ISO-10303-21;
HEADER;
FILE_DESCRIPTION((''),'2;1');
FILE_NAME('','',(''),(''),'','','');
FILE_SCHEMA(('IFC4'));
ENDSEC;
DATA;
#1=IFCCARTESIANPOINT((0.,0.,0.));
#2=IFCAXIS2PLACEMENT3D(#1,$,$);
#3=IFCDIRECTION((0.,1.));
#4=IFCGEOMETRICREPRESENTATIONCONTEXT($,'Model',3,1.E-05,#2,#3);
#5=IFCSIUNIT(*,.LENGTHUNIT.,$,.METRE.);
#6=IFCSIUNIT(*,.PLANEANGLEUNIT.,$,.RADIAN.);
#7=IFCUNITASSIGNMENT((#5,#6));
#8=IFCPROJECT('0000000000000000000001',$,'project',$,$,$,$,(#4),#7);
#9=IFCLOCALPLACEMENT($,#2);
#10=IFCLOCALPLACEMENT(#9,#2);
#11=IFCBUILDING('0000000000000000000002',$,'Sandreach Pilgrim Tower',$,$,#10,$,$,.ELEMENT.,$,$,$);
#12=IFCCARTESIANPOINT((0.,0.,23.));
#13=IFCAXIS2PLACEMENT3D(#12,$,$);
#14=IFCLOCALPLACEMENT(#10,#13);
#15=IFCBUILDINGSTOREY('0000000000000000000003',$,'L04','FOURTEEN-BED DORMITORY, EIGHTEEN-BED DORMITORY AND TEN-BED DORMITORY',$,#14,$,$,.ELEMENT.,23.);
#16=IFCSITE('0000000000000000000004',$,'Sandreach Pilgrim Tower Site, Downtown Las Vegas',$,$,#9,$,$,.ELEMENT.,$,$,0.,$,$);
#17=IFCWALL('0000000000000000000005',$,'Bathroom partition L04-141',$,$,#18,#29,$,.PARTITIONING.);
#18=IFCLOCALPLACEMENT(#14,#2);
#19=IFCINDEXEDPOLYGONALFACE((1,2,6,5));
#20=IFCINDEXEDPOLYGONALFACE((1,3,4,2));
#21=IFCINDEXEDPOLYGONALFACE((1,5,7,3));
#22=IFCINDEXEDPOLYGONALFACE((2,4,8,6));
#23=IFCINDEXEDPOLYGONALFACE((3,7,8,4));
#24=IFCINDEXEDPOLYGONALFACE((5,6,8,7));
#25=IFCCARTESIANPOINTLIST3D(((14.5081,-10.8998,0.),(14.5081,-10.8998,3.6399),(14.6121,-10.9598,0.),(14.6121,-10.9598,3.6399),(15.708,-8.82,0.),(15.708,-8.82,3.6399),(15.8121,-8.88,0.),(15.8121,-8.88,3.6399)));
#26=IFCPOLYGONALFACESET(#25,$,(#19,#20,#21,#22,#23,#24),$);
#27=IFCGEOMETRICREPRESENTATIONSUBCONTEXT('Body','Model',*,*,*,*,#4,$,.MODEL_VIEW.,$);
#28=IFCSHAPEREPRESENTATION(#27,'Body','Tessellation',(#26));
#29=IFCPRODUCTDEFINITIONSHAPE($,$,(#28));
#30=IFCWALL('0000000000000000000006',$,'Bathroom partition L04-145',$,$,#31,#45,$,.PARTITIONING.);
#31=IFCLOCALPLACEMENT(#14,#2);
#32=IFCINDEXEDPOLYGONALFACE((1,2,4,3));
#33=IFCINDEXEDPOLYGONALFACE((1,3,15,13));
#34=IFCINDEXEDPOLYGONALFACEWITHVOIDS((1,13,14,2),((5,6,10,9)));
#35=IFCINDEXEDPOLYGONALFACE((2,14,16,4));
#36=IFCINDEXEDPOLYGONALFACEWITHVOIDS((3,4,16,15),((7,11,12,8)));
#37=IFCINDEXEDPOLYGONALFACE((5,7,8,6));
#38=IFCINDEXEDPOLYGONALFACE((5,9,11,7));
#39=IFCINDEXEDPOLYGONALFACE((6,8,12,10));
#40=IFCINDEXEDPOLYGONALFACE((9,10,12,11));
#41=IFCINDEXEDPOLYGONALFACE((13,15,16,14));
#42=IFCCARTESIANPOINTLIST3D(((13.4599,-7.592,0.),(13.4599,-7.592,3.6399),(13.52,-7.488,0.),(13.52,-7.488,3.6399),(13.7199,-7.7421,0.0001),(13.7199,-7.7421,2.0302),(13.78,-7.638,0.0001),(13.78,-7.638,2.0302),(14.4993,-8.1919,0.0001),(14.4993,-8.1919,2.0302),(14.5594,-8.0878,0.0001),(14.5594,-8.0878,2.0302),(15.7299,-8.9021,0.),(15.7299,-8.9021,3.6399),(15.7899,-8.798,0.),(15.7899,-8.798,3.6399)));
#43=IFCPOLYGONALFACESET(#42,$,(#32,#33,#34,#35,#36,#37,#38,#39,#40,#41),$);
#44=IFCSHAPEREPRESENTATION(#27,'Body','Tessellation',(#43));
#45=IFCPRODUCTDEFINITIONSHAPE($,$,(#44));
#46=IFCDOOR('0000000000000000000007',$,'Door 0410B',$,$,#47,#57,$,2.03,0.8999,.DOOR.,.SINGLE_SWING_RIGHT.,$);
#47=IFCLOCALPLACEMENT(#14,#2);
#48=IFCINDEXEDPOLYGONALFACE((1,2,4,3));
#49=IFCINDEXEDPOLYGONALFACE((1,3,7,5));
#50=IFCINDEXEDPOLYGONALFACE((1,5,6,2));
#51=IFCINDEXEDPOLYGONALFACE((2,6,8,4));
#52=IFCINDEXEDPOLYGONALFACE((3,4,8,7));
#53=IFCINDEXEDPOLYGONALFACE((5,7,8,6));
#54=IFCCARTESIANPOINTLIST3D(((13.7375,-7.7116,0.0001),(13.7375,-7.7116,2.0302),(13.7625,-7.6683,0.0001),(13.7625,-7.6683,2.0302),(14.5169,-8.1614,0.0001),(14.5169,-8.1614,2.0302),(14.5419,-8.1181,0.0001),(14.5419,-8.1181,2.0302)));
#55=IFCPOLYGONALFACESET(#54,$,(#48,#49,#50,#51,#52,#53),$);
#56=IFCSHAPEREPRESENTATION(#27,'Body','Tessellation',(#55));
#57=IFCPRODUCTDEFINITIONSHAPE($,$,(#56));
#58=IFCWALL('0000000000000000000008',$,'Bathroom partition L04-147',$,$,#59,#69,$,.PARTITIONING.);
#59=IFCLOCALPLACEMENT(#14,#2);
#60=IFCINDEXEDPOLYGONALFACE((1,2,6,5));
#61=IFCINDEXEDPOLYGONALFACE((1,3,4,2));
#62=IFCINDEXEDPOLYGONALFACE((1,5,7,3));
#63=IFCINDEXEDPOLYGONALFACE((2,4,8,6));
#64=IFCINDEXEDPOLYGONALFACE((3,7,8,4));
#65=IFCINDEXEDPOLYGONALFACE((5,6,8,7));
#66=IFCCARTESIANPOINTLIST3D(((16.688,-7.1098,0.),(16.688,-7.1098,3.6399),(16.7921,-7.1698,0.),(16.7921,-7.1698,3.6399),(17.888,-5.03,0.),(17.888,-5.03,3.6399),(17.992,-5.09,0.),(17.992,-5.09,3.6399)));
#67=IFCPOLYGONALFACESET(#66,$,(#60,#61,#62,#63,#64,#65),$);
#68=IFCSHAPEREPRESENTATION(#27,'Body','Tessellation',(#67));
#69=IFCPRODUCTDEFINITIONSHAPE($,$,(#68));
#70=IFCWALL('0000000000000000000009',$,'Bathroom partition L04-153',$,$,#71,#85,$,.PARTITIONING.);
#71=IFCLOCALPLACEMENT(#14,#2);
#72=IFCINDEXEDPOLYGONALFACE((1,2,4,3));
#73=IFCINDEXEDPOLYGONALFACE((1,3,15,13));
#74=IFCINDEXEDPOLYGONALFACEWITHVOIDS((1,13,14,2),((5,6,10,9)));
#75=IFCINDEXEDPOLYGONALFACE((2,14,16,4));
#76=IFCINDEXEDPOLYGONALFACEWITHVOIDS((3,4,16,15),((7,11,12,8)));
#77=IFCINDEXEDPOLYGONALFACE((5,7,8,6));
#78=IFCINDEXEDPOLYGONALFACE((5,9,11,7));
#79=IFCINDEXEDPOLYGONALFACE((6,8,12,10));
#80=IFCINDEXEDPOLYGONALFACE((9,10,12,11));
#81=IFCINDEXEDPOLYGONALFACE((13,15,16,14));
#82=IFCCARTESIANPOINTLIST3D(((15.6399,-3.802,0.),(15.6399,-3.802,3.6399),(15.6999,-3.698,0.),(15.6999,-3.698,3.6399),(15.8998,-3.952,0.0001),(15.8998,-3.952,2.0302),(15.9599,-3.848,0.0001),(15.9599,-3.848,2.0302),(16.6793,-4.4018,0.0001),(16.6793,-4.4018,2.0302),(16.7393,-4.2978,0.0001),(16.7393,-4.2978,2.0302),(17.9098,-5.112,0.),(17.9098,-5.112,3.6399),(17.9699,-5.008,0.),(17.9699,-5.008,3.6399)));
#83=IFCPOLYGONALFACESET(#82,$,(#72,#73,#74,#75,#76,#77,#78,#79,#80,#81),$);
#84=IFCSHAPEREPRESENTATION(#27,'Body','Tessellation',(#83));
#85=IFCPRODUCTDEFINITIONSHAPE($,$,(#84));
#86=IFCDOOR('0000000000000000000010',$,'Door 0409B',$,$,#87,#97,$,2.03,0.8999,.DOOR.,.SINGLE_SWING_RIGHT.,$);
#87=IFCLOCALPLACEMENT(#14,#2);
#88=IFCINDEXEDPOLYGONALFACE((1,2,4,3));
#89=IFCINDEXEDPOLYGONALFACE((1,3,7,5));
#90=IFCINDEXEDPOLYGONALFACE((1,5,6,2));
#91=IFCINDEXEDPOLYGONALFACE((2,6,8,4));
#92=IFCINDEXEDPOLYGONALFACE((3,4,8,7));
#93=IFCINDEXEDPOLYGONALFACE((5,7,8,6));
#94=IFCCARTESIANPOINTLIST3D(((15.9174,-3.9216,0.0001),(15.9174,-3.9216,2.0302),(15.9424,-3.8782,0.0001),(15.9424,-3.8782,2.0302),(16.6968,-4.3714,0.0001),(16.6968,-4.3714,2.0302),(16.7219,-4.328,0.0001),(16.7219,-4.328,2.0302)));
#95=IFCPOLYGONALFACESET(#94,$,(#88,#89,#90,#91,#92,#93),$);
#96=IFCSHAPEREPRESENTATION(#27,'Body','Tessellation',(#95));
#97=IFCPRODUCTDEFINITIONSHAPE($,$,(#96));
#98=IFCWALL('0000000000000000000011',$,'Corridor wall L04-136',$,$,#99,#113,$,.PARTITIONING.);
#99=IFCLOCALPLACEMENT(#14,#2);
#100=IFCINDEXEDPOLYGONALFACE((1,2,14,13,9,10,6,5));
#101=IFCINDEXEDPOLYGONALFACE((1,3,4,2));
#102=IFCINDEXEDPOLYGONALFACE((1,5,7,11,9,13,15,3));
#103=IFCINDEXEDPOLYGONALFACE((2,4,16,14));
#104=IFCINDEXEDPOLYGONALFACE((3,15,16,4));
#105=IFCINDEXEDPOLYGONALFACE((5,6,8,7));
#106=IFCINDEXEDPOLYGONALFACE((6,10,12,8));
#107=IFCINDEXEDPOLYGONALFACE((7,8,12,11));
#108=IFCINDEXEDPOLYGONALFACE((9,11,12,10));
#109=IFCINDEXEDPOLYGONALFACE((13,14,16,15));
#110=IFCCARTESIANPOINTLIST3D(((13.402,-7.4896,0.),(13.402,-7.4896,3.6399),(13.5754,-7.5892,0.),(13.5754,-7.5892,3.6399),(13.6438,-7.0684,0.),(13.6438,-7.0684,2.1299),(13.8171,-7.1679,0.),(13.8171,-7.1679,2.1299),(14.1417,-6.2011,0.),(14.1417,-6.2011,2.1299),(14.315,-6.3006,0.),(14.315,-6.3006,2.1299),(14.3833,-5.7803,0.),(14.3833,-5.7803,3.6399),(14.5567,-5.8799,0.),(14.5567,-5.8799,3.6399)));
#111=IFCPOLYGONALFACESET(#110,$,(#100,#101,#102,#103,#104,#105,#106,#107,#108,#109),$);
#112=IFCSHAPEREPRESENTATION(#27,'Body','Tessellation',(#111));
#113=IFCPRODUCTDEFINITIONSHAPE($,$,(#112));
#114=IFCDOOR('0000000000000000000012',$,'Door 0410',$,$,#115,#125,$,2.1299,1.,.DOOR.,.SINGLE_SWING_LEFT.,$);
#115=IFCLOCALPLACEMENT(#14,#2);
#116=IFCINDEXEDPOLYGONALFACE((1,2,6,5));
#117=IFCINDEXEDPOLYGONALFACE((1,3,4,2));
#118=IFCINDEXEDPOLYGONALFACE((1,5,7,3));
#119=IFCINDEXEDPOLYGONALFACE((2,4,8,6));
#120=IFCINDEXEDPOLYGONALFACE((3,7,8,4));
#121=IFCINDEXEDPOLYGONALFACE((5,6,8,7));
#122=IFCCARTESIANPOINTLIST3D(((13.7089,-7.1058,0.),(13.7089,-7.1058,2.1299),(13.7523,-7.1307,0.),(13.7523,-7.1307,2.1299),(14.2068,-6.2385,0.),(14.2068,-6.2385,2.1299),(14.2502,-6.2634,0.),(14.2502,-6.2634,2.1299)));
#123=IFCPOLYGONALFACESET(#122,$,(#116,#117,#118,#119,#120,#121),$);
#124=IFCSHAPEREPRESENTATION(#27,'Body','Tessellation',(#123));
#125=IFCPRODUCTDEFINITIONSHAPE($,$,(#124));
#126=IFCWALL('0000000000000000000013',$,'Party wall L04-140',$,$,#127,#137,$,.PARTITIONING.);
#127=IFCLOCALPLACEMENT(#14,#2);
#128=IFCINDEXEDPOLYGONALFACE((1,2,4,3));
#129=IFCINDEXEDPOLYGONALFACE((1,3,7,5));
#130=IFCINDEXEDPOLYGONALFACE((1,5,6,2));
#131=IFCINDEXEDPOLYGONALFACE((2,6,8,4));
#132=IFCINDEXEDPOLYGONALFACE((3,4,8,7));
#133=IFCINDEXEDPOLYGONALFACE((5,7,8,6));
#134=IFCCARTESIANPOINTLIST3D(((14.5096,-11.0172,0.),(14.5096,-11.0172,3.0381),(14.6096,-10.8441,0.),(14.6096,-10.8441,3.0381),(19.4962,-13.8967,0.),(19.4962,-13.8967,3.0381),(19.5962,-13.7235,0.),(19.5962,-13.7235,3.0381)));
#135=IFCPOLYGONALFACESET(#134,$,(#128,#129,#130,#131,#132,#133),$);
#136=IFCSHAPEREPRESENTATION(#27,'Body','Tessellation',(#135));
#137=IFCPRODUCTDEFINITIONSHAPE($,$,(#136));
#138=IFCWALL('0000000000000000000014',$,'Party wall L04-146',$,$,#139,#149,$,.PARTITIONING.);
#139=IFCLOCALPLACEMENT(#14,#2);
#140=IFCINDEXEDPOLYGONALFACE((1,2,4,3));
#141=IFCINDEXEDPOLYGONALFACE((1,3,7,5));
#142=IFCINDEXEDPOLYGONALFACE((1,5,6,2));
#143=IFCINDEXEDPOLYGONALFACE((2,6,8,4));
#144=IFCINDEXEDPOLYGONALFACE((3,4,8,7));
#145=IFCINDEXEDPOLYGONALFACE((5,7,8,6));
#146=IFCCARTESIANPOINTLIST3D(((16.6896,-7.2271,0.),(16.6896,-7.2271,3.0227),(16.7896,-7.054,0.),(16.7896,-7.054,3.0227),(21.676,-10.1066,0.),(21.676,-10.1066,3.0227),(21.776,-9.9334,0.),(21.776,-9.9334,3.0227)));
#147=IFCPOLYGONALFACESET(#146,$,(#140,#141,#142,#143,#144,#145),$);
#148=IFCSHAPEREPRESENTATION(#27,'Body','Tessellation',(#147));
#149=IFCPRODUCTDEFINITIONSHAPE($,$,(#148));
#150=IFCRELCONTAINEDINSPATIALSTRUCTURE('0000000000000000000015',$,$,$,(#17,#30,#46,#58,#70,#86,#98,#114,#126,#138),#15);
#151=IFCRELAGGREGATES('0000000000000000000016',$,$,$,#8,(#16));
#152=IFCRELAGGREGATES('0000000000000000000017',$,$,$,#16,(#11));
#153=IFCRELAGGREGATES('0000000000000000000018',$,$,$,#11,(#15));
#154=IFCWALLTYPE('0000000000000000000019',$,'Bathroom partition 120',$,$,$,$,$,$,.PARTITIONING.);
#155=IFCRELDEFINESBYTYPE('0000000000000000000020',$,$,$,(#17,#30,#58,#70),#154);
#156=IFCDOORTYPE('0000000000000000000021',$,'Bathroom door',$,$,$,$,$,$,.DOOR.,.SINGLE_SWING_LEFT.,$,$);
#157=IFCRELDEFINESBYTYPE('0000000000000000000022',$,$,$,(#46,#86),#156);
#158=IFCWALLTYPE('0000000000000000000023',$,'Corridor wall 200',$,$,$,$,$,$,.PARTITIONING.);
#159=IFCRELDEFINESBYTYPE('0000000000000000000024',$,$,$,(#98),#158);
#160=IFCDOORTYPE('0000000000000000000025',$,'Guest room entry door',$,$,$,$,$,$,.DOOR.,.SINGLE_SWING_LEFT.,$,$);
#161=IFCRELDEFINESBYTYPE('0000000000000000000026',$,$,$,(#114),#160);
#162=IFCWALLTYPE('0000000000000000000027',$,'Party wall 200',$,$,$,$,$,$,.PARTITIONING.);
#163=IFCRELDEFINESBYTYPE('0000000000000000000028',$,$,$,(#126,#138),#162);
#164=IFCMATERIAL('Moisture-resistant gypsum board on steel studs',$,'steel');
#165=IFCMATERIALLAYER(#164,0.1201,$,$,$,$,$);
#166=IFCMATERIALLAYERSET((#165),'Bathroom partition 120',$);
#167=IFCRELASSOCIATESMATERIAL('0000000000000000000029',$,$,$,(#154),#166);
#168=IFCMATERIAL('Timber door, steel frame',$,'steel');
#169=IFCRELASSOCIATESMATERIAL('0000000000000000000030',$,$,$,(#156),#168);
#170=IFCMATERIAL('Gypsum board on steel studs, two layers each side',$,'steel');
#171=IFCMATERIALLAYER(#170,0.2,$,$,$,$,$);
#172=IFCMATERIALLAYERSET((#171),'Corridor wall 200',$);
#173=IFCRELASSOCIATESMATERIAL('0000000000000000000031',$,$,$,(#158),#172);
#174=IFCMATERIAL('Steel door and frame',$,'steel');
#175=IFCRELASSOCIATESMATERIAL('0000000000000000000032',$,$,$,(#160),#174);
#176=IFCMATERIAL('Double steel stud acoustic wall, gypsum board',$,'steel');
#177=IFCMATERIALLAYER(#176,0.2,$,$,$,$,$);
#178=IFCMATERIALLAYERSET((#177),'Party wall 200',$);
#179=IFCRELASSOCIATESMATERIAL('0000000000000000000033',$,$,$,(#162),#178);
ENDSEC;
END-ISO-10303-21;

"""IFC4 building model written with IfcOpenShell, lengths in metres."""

from ifc_helpers import new_model, si_unit, direction, frame, frame_2d, origin, place, context, subcontext, project, spatial, rectangle, extrude, material, layer, layer_set, type_object, element, fill, save


model = new_model("IFC4")

# Units and contexts
model_context = context("Model", 3, precision=1e-05, world=origin(), true_north=direction((0.0, 1.0)))
body_context = subcontext(model_context, "Body", "Model", "MODEL_VIEW")
ifc_project = project(units=[si_unit("LENGTHUNIT", "METRE"), si_unit("PLANEANGLEUNIT", "RADIAN")], contexts=[model_context])

# Site, building, storey
site_placement = place(None, origin())
site = spatial("IfcSite", under=ifc_project, at=site_placement, Name="Sandreach Pilgrim Tower Site, Downtown Las Vegas", CompositionType="ELEMENT", RefElevation=0.0)
building_placement = place(site_placement, origin())
building = spatial("IfcBuilding", under=site, at=building_placement, Name="Sandreach Pilgrim Tower", CompositionType="ELEMENT")
storey_placement = place(building_placement, frame((0.0, 0.0, 23.0)))
storey = spatial("IfcBuildingStorey", under=building, at=storey_placement, Name="L04", Description="FOURTEEN-BED DORMITORY, EIGHTEEN-BED DORMITORY AND TEN-BED DORMITORY", CompositionType="ELEMENT", Elevation=23.0)

# Wall
ifc_material_1 = material(Name="Moisture-resistant gypsum board on steel studs", Category="steel")
ifc_layer_1 = layer(ifc_material_1, 0.1201)
ifc_layer_set_1 = layer_set([ifc_layer_1], Name="Bathroom partition 120")
wall_type_1 = type_object("IfcWallType", Name="Bathroom partition 120", PredefinedType="PARTITIONING", material=ifc_layer_set_1)
wall_1_placement = place(storey_placement, frame((14.5601, -10.9299, 0.0), z_axis=(0.0, 0.0, 1.0), x_axis=(0.499737, 0.866177, 0.0)))
element("IfcWall", 1, at=wall_1_placement, inside=storey, type_object=wall_type_1, Name="Bathroom partition L04-141", PredefinedType="PARTITIONING", context=body_context, shape_type="SweptSolid", body=[
    extrude(rectangle(XDim=2.4011, YDim=0.1201, at=frame_2d((1.2007, 0.0))), origin(), (0.0, 0.0, 1.0), 3.6399),
])

# Wall, opening, door
wall_2_placement = place(storey_placement, frame((15.76, -8.8501, 0.0), z_axis=(0.0, 0.0, 1.0), x_axis=(-0.866114, 0.499846, 0.0)))
wall_2 = element("IfcWall", 2, at=wall_2_placement, inside=storey, type_object=wall_type_1, Name="Bathroom partition L04-145", PredefinedType="PARTITIONING", context=body_context, shape_type="SweptSolid", body=[
    extrude(rectangle(XDim=2.6208, YDim=0.1201, at=frame_2d((1.3105, 0.0))), origin(), (0.0, 0.0, 1.0), 3.6399),
])
opening_1_placement = place(wall_2_placement, frame((1.4209, 0.0, 0.0)))
opening_1 = element("IfcOpeningElement", 3, at=opening_1_placement, cuts=wall_2, PredefinedType="OPENING", context=body_context, shape_type="SweptSolid", body=[
    extrude(rectangle(XDim=0.8999, YDim=2.03, at=frame_2d((0.45, 1.0151))), frame((0.0, 0.0601, 0.0), z_axis=(0.0, -1.0, 0.0), x_axis=(1.0, 0.0, 0.0)), (0.0, 0.0, 1.0), 0.1201),
])
ifc_material_2 = material(Name="Timber door, steel frame", Category="steel")
door_type_1 = type_object("IfcDoorType", Name="Bathroom door", OperationType="SINGLE_SWING_LEFT", PredefinedType="DOOR", material=ifc_material_2)
door_1_placement = place(opening_1_placement, origin())
door_1 = element("IfcDoor", 4, at=door_1_placement, inside=storey, type_object=door_type_1, Name="Door 0410B", OperationType="SINGLE_SWING_RIGHT", OverallHeight=2.03, OverallWidth=0.8999, PredefinedType="DOOR", context=body_context, shape_type="SweptSolid", body=[
    extrude(rectangle(XDim=0.8999, YDim=2.03, at=frame_2d((0.45, 1.0151))), frame((0.0, 0.0249, 0.0), z_axis=(0.0, -1.0, 0.0), x_axis=(1.0, 0.0, 0.0)), (0.0, 0.0, 1.0), 0.05),
])
fill(opening_1, door_1)

# Wall
wall_3_placement = place(storey_placement, frame((16.74, -7.1399, 0.0), z_axis=(0.0, 0.0, 1.0), x_axis=(0.499737, 0.866177, 0.0)))
element("IfcWall", 5, at=wall_3_placement, inside=storey, type_object=wall_type_1, Name="Bathroom partition L04-147", PredefinedType="PARTITIONING", context=body_context, shape_type="SweptSolid", body=[
    extrude(rectangle(XDim=2.4011, YDim=0.1201, at=frame_2d((1.2007, 0.0))), origin(), (0.0, 0.0, 1.0), 3.6399),
])

# Walls, openings, doors
wall_4_placement = place(storey_placement, frame((17.9399, -5.0601, 0.0), z_axis=(0.0, 0.0, 1.0), x_axis=(-0.866114, 0.499846, 0.0)))
wall_4 = element("IfcWall", 6, at=wall_4_placement, inside=storey, type_object=wall_type_1, Name="Bathroom partition L04-153", PredefinedType="PARTITIONING", context=body_context, shape_type="SweptSolid", body=[
    extrude(rectangle(XDim=2.6208, YDim=0.1201, at=frame_2d((1.3105, 0.0))), origin(), (0.0, 0.0, 1.0), 3.6399),
])
opening_2_placement = place(wall_4_placement, frame((1.4209, 0.0, 0.0)))
opening_2 = element("IfcOpeningElement", 7, at=opening_2_placement, cuts=wall_4, PredefinedType="OPENING", context=body_context, shape_type="SweptSolid", body=[
    extrude(rectangle(XDim=0.8999, YDim=2.03, at=frame_2d((0.45, 1.0151))), frame((0.0, 0.0601, 0.0), z_axis=(0.0, -1.0, 0.0), x_axis=(1.0, 0.0, 0.0)), (0.0, 0.0, 1.0), 0.1201),
])
door_2_placement = place(opening_2_placement, origin())
door_2 = element("IfcDoor", 8, at=door_2_placement, inside=storey, type_object=door_type_1, Name="Door 0409B", OperationType="SINGLE_SWING_RIGHT", OverallHeight=2.03, OverallWidth=0.8999, PredefinedType="DOOR", context=body_context, shape_type="SweptSolid", body=[
    extrude(rectangle(XDim=0.8999, YDim=2.03, at=frame_2d((0.45, 1.0151))), frame((0.0, 0.0249, 0.0), z_axis=(0.0, -1.0, 0.0), x_axis=(1.0, 0.0, 0.0)), (0.0, 0.0, 1.0), 0.05),
])
fill(opening_2, door_2)
ifc_material_3 = material(Name="Gypsum board on steel studs, two layers each side", Category="steel")
ifc_layer_2 = layer(ifc_material_3, 0.2)
ifc_layer_set_2 = layer_set([ifc_layer_2], Name="Corridor wall 200")
wall_type_2 = type_object("IfcWallType", Name="Corridor wall 200", PredefinedType="PARTITIONING", material=ifc_layer_set_2)
ifc_material_4 = material(Name="Steel door and frame", Category="steel")
door_type_2 = type_object("IfcDoorType", Name="Guest room entry door", OperationType="SINGLE_SWING_LEFT", PredefinedType="DOOR", material=ifc_material_4)
wall_5_placement = place(storey_placement, frame((13.4888, -7.5393, 0.0), z_axis=(0.0, 0.0, 1.0), x_axis=(0.497859, 0.867258, 0.0)))
wall_5 = element("IfcWall", 9, at=wall_5_placement, inside=storey, type_object=wall_type_2, Name="Corridor wall L04-136", PredefinedType="PARTITIONING", context=body_context, shape_type="SweptSolid", body=[
    extrude(rectangle(XDim=1.9709, YDim=0.2, at=frame_2d((0.9854, 0.0))), origin(), (0.0, 0.0, 1.0), 3.6399),
])
opening_3_placement = place(wall_5_placement, frame((0.4856, 0.0, 0.0)))
opening_3 = element("IfcOpeningElement", 10, at=opening_3_placement, cuts=wall_5, PredefinedType="OPENING", context=body_context, shape_type="SweptSolid", body=[
    extrude(rectangle(XDim=1.0, YDim=2.1299, at=frame_2d((0.5, 1.0649))), frame((0.0, 0.1001, 0.0), z_axis=(0.0, -1.0, 0.0), x_axis=(1.0, 0.0, 0.0)), (0.0, 0.0, 1.0), 0.2),
])
door_3_placement = place(opening_3_placement, origin())
door_3 = element("IfcDoor", 11, at=door_3_placement, inside=storey, type_object=door_type_2, Name="Door 0410", OperationType="SINGLE_SWING_LEFT", OverallHeight=2.1299, OverallWidth=1.0, PredefinedType="DOOR", context=body_context, shape_type="SweptSolid", body=[
    extrude(rectangle(XDim=1.0, YDim=2.1299, at=frame_2d((0.5, 1.0649))), frame((0.0, 0.0249, 0.0), z_axis=(0.0, -1.0, 0.0), x_axis=(1.0, 0.0, 0.0)), (0.0, 0.0, 1.0), 0.05),
])
fill(opening_3, door_3)

# Walls
ifc_material_5 = material(Name="Double steel stud acoustic wall, gypsum board", Category="steel")
ifc_layer_3 = layer(ifc_material_5, 0.2)
ifc_layer_set_3 = layer_set([ifc_layer_3], Name="Party wall 200")
wall_type_3 = type_object("IfcWallType", Name="Party wall 200", PredefinedType="PARTITIONING", material=ifc_layer_set_3)
wall_6_placement = place(storey_placement, frame((14.5596, -10.9307, 0.0), z_axis=(0.0, 0.0, 1.0), x_axis=(0.865996, -0.500052, 0.0)))
element("IfcWall", 12, at=wall_6_placement, inside=storey, type_object=wall_type_3, Name="Party wall L04-140", PredefinedType="PARTITIONING", context=body_context, shape_type="SweptSolid", body=[
    extrude(rectangle(XDim=5.7583, YDim=0.2, at=frame_2d((2.8792, 0.0))), origin(), (0.0, 0.0, 1.0), 3.0381),
])
wall_7_placement = place(storey_placement, frame((16.7397, -7.1406, 0.0), z_axis=(0.0, 0.0, 1.0), x_axis=(0.865985, -0.50007, 0.0)))
element("IfcWall", 13, at=wall_7_placement, inside=storey, type_object=wall_type_3, Name="Party wall L04-146", PredefinedType="PARTITIONING", context=body_context, shape_type="SweptSolid", body=[
    extrude(rectangle(XDim=5.7581, YDim=0.2, at=frame_2d((2.8789, 0.0))), origin(), (0.0, 0.0, 1.0), 3.0227),
])

save(model, "model.ifc")
